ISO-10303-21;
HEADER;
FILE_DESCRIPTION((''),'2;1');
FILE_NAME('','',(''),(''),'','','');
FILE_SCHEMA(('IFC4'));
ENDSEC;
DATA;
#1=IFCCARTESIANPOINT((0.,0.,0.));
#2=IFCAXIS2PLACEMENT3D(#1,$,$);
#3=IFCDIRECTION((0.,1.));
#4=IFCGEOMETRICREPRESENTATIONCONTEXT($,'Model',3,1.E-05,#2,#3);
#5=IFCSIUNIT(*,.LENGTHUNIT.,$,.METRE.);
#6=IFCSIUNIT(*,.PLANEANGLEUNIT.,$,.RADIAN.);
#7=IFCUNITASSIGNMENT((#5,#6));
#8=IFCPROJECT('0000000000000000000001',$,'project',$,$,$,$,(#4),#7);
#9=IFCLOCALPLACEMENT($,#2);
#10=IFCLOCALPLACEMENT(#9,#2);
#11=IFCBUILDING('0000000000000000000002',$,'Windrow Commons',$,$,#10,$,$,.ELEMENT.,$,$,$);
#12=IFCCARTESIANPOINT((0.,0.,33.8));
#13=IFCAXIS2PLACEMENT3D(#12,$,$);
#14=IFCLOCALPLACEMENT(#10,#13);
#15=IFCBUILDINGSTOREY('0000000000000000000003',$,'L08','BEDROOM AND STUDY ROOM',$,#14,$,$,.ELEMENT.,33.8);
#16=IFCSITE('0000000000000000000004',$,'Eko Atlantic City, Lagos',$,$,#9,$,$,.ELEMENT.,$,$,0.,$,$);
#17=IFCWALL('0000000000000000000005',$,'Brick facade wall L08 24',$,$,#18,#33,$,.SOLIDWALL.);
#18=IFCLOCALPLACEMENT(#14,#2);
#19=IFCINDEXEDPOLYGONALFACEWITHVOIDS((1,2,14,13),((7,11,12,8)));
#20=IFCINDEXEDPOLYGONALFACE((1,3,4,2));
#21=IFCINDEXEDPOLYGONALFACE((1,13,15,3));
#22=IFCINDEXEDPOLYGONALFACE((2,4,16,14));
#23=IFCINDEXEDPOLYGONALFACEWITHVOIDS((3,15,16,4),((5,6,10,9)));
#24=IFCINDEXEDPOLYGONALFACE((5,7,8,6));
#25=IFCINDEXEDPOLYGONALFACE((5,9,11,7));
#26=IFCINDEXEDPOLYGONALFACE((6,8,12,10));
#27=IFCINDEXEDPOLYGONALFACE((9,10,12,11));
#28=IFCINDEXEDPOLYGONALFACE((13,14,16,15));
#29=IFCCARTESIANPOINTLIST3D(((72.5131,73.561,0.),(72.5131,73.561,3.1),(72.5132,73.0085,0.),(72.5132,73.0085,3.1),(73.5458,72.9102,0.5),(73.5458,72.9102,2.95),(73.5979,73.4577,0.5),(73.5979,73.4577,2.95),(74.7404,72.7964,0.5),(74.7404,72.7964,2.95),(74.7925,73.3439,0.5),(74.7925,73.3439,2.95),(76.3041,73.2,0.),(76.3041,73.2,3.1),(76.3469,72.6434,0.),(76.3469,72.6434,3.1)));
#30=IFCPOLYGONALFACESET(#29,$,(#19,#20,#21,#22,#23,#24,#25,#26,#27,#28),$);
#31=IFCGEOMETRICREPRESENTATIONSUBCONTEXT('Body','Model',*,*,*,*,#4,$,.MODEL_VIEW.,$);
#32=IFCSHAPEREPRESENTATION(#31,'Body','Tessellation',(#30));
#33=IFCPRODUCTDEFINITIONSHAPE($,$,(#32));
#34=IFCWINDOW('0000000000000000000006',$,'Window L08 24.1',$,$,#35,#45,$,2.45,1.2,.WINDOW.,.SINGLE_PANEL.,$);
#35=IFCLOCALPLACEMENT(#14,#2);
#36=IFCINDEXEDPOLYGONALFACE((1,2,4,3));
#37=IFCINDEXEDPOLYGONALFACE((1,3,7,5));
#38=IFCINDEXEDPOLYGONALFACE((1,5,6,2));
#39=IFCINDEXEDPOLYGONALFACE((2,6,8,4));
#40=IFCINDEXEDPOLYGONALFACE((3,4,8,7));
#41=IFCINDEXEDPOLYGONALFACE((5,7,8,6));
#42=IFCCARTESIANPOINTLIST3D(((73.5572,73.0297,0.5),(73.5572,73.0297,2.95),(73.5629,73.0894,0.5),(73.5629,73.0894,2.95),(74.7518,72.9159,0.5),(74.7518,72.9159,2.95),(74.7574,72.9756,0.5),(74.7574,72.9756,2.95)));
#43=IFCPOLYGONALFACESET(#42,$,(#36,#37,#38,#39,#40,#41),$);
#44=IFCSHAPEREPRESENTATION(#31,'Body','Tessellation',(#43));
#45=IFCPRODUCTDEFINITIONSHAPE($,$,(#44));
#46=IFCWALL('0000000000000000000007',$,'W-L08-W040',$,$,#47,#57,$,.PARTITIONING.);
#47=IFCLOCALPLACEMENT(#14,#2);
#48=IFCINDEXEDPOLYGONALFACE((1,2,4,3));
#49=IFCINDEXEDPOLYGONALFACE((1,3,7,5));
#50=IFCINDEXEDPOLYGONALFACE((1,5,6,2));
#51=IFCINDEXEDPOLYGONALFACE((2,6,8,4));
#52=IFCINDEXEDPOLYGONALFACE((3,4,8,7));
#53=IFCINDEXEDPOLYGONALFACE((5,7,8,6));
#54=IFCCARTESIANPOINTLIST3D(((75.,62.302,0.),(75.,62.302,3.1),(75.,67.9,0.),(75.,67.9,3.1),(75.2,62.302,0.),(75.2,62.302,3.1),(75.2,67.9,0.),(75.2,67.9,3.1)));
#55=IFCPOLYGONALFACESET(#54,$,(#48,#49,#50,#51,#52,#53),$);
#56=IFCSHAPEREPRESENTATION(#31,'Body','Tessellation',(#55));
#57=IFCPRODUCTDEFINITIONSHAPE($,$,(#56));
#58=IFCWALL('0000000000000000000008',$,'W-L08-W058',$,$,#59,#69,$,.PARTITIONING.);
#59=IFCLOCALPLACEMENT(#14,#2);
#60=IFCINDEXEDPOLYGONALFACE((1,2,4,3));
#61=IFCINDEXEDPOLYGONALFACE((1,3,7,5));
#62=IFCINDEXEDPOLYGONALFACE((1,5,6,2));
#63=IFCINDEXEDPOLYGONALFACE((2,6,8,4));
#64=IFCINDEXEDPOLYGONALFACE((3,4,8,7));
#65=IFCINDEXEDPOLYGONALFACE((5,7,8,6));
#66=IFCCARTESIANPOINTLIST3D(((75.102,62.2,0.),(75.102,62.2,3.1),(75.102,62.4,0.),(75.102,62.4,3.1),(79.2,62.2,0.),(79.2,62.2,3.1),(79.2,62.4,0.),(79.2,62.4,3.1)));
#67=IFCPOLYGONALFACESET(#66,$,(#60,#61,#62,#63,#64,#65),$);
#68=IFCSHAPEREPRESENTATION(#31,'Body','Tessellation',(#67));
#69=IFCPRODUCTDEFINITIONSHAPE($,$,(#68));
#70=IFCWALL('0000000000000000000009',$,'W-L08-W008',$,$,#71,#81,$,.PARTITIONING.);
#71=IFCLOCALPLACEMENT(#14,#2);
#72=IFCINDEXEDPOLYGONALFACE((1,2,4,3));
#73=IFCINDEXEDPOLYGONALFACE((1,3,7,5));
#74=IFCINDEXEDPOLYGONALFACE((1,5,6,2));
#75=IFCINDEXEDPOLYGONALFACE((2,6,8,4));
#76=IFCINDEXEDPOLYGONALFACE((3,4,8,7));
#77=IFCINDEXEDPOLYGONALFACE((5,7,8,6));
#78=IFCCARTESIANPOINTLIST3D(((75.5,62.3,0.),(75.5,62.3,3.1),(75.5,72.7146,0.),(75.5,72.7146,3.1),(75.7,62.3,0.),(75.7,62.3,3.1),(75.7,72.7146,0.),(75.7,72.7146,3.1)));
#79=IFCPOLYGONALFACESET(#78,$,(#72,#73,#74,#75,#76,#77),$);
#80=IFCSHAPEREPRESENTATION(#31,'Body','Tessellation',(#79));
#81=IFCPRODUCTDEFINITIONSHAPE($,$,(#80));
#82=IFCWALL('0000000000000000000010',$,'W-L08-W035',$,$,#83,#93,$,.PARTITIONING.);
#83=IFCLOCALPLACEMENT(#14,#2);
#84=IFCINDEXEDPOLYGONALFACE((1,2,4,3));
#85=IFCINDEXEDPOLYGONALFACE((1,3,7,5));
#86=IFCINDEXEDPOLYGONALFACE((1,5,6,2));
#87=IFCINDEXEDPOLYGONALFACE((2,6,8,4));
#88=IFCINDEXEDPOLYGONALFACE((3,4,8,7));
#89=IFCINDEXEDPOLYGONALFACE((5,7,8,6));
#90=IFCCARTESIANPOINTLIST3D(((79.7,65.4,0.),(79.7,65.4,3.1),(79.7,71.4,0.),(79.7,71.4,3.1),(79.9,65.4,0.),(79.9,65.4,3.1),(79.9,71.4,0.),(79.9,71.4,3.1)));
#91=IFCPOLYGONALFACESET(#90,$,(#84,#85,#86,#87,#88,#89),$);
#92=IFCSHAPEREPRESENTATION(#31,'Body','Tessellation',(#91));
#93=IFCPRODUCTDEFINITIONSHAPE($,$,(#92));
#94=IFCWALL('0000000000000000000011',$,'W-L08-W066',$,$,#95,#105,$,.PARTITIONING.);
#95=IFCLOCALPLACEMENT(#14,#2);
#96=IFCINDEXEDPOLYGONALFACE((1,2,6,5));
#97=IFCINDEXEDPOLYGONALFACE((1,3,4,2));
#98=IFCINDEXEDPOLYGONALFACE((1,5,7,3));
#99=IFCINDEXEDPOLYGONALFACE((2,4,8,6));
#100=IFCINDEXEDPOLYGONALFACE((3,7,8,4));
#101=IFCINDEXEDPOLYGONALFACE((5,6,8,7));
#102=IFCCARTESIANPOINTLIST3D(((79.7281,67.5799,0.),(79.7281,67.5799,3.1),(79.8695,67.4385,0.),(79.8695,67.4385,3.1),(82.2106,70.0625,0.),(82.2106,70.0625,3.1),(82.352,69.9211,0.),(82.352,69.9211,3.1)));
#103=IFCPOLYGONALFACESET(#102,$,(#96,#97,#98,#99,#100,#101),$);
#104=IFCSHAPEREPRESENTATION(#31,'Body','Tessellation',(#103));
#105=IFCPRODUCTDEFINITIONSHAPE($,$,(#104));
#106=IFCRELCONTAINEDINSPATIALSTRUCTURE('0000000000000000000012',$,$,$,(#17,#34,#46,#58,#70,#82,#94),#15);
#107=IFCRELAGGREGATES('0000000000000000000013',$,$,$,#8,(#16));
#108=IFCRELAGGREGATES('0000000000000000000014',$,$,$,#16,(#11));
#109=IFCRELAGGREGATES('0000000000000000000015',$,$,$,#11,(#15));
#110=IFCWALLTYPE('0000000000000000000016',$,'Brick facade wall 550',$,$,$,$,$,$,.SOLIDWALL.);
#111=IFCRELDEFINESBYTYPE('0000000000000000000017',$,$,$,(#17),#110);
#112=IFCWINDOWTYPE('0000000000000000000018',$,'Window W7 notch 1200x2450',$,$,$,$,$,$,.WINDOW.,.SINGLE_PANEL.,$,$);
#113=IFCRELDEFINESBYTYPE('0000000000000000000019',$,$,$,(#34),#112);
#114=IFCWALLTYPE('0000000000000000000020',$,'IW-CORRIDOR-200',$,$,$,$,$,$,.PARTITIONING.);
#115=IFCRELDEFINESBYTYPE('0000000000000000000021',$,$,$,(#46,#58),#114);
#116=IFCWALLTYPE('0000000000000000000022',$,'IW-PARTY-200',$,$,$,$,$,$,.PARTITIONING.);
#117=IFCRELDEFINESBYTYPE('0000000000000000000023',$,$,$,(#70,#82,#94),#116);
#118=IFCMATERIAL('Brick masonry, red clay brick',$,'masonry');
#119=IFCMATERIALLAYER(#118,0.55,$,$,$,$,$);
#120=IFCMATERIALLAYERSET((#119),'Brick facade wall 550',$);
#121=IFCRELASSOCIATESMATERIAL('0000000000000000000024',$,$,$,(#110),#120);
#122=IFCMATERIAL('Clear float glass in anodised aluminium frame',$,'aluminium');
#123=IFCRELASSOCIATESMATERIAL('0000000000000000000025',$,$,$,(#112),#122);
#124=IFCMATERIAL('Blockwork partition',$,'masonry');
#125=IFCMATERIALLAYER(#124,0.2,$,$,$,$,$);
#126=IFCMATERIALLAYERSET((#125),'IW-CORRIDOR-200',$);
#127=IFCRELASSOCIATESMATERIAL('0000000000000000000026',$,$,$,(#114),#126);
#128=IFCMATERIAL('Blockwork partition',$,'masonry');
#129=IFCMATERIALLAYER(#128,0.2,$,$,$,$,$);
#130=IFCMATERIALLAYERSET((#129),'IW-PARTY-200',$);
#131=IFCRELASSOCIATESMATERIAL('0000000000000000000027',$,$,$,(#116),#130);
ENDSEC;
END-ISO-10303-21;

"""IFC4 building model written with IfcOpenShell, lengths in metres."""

from ifc_helpers import new_model, si_unit, direction, frame, frame_2d, origin, place, context, subcontext, project, spatial, polyline, rectangle, outline, extrude, material, layer, layer_set, type_object, element, fill, save


model = new_model("IFC4")

# Units and contexts
model_context = context("Model", 3, precision=1e-05, world=origin(), true_north=direction((0.0, 1.0)))
body_context = subcontext(model_context, "Body", "Model", "MODEL_VIEW")
ifc_project = project(units=[si_unit("LENGTHUNIT", "METRE"), si_unit("PLANEANGLEUNIT", "RADIAN")], contexts=[model_context])

# Site, building, storey
site_placement = place(None, origin())
site = spatial("IfcSite", under=ifc_project, at=site_placement, Name="Eko Atlantic City, Lagos", CompositionType="ELEMENT", RefElevation=0.0)
building_placement = place(site_placement, origin())
building = spatial("IfcBuilding", under=site, at=building_placement, Name="Windrow Commons", CompositionType="ELEMENT")
storey_placement = place(building_placement, frame((0.0, 0.0, 33.8)))
storey = spatial("IfcBuildingStorey", under=building, at=storey_placement, Name="L08", Description="BEDROOM AND STUDY ROOM", CompositionType="ELEMENT", Elevation=33.8)

# Wall, opening, window
ifc_material_1 = material(Name="Brick masonry, red clay brick", Category="masonry")
ifc_layer_1 = layer(ifc_material_1, 0.55)
ifc_layer_set_1 = layer_set([ifc_layer_1], Name="Brick facade wall 550")
wall_type_1 = type_object("IfcWallType", Name="Brick facade wall 550", PredefinedType="SOLIDWALL", material=ifc_layer_set_1)
ifc_material_2 = material(Name="Clear float glass in anodised aluminium frame", Category="aluminium")
window_type = type_object("IfcWindowType", Name="Window W7 notch 1200x2450", PartitioningType="SINGLE_PANEL", PredefinedType="WINDOW", material=ifc_material_2)
wall_1_placement = place(storey_placement, frame((76.3255, 72.9217, 0.0), z_axis=(0.0, 0.0, 1.0), x_axis=(-0.995495, 0.094813, 0.0)))
wall_1 = element("IfcWall", 1, at=wall_1_placement, inside=storey, type_object=wall_type_1, Name="Brick facade wall L08 24", PredefinedType="SOLIDWALL", context=body_context, shape_type="SweptSolid", body=[
    extrude(outline(polyline([(0.0477, -0.275), (3.8558, -0.275), (3.8034, 0.275), (-0.0477, 0.275), (0.0477, -0.275)])), origin(), (0.0, 0.0, 1.0), 3.1),
])
opening_1_placement = place(wall_1_placement, frame((1.5661, 0.0, 0.5)))
opening_1 = element("IfcOpeningElement", 2, at=opening_1_placement, cuts=wall_1, PredefinedType="OPENING", context=body_context, shape_type="SweptSolid", body=[
    extrude(rectangle(XDim=1.2, YDim=2.45, at=frame_2d((0.6, 1.225))), frame((0.0, 0.285, 0.0), z_axis=(0.0, -1.0, 0.0), x_axis=(1.0, 0.0, 0.0)), (0.0, 0.0, 1.0), 0.57),
])
window_1_placement = place(opening_1_placement, origin())
window_1 = element("IfcWindow", 3, at=window_1_placement, inside=storey, type_object=window_type, Name="Window L08 24.1", OverallHeight=2.45, OverallWidth=1.2, PartitioningType="SINGLE_PANEL", PredefinedType="WINDOW", context=body_context, shape_type="SweptSolid", body=[
    extrude(rectangle(XDim=1.2, YDim=2.45, at=frame_2d((0.6, 1.225))), frame((0.0, 0.155, 0.0), z_axis=(0.0, -1.0, 0.0), x_axis=(1.0, 0.0, 0.0)), (0.0, 0.0, 1.0), 0.06),
])
fill(opening_1, window_1)

# Walls
ifc_material_3 = material(Name="Blockwork partition", Category="masonry")
ifc_layer_2 = layer(ifc_material_3, 0.2)
ifc_layer_set_2 = layer_set([ifc_layer_2], Name="IW-CORRIDOR-200")
wall_type_2 = type_object("IfcWallType", Name="IW-CORRIDOR-200", PredefinedType="PARTITIONING", material=ifc_layer_set_2)
wall_2_placement = place(storey_placement, frame((75.1, 62.302, 0.0), z_axis=(0.0, 0.0, 1.0), x_axis=(0.0, 1.0, 0.0)))
element("IfcWall", 4, at=wall_2_placement, inside=storey, type_object=wall_type_2, Name="W-L08-W040", PredefinedType="PARTITIONING", context=body_context, shape_type="SweptSolid", body=[
    extrude(rectangle(XDim=5.598, YDim=0.2, at=frame_2d((2.799, 0.0))), origin(), (0.0, 0.0, 1.0), 3.1),
])
wall_3_placement = place(storey_placement, frame((75.102, 62.3, 0.0), z_axis=(0.0, 0.0, 1.0), x_axis=(1.0, 0.0, 0.0)))
element("IfcWall", 5, at=wall_3_placement, inside=storey, type_object=wall_type_2, Name="W-L08-W058", PredefinedType="PARTITIONING", context=body_context, shape_type="SweptSolid", body=[
    extrude(rectangle(XDim=4.098, YDim=0.2, at=frame_2d((2.049, 0.0))), origin(), (0.0, 0.0, 1.0), 3.1),
])
ifc_material_4 = material(Name="Blockwork partition", Category="masonry")
ifc_layer_3 = layer(ifc_material_4, 0.2)
ifc_layer_set_3 = layer_set([ifc_layer_3], Name="IW-PARTY-200")
wall_type_3 = type_object("IfcWallType", Name="IW-PARTY-200", PredefinedType="PARTITIONING", material=ifc_layer_set_3)
wall_4_placement = place(storey_placement, frame((75.6, 62.3, 0.0), z_axis=(0.0, 0.0, 1.0), x_axis=(0.0, 1.0, 0.0)))
element("IfcWall", 6, at=wall_4_placement, inside=storey, type_object=wall_type_3, Name="W-L08-W008", PredefinedType="PARTITIONING", context=body_context, shape_type="SweptSolid", body=[
    extrude(rectangle(XDim=10.4146, YDim=0.2, at=frame_2d((5.2073, 0.0))), origin(), (0.0, 0.0, 1.0), 3.1),
])
wall_5_placement = place(storey_placement, frame((79.8, 65.4, 0.0), z_axis=(0.0, 0.0, 1.0), x_axis=(0.0, 1.0, 0.0)))
element("IfcWall", 7, at=wall_5_placement, inside=storey, type_object=wall_type_3, Name="W-L08-W035", PredefinedType="PARTITIONING", context=body_context, shape_type="SweptSolid", body=[
    extrude(rectangle(XDim=6.0, YDim=0.2, at=frame_2d((3.0, 0.0))), origin(), (0.0, 0.0, 1.0), 3.1),
])
wall_6_placement = place(storey_placement, frame((79.7988, 67.5092, 0.0), z_axis=(0.0, 0.0, 1.0), x_axis=(0.707093, 0.707121, 0.0)))
element("IfcWall", 8, at=wall_6_placement, inside=storey, type_object=wall_type_3, Name="W-L08-W066", PredefinedType="PARTITIONING", context=body_context, shape_type="SweptSolid", body=[
    extrude(rectangle(XDim=3.5109, YDim=0.2, at=frame_2d((1.7554, 0.0))), origin(), (0.0, 0.0, 1.0), 3.1),
])

save(model, "model.ifc")
